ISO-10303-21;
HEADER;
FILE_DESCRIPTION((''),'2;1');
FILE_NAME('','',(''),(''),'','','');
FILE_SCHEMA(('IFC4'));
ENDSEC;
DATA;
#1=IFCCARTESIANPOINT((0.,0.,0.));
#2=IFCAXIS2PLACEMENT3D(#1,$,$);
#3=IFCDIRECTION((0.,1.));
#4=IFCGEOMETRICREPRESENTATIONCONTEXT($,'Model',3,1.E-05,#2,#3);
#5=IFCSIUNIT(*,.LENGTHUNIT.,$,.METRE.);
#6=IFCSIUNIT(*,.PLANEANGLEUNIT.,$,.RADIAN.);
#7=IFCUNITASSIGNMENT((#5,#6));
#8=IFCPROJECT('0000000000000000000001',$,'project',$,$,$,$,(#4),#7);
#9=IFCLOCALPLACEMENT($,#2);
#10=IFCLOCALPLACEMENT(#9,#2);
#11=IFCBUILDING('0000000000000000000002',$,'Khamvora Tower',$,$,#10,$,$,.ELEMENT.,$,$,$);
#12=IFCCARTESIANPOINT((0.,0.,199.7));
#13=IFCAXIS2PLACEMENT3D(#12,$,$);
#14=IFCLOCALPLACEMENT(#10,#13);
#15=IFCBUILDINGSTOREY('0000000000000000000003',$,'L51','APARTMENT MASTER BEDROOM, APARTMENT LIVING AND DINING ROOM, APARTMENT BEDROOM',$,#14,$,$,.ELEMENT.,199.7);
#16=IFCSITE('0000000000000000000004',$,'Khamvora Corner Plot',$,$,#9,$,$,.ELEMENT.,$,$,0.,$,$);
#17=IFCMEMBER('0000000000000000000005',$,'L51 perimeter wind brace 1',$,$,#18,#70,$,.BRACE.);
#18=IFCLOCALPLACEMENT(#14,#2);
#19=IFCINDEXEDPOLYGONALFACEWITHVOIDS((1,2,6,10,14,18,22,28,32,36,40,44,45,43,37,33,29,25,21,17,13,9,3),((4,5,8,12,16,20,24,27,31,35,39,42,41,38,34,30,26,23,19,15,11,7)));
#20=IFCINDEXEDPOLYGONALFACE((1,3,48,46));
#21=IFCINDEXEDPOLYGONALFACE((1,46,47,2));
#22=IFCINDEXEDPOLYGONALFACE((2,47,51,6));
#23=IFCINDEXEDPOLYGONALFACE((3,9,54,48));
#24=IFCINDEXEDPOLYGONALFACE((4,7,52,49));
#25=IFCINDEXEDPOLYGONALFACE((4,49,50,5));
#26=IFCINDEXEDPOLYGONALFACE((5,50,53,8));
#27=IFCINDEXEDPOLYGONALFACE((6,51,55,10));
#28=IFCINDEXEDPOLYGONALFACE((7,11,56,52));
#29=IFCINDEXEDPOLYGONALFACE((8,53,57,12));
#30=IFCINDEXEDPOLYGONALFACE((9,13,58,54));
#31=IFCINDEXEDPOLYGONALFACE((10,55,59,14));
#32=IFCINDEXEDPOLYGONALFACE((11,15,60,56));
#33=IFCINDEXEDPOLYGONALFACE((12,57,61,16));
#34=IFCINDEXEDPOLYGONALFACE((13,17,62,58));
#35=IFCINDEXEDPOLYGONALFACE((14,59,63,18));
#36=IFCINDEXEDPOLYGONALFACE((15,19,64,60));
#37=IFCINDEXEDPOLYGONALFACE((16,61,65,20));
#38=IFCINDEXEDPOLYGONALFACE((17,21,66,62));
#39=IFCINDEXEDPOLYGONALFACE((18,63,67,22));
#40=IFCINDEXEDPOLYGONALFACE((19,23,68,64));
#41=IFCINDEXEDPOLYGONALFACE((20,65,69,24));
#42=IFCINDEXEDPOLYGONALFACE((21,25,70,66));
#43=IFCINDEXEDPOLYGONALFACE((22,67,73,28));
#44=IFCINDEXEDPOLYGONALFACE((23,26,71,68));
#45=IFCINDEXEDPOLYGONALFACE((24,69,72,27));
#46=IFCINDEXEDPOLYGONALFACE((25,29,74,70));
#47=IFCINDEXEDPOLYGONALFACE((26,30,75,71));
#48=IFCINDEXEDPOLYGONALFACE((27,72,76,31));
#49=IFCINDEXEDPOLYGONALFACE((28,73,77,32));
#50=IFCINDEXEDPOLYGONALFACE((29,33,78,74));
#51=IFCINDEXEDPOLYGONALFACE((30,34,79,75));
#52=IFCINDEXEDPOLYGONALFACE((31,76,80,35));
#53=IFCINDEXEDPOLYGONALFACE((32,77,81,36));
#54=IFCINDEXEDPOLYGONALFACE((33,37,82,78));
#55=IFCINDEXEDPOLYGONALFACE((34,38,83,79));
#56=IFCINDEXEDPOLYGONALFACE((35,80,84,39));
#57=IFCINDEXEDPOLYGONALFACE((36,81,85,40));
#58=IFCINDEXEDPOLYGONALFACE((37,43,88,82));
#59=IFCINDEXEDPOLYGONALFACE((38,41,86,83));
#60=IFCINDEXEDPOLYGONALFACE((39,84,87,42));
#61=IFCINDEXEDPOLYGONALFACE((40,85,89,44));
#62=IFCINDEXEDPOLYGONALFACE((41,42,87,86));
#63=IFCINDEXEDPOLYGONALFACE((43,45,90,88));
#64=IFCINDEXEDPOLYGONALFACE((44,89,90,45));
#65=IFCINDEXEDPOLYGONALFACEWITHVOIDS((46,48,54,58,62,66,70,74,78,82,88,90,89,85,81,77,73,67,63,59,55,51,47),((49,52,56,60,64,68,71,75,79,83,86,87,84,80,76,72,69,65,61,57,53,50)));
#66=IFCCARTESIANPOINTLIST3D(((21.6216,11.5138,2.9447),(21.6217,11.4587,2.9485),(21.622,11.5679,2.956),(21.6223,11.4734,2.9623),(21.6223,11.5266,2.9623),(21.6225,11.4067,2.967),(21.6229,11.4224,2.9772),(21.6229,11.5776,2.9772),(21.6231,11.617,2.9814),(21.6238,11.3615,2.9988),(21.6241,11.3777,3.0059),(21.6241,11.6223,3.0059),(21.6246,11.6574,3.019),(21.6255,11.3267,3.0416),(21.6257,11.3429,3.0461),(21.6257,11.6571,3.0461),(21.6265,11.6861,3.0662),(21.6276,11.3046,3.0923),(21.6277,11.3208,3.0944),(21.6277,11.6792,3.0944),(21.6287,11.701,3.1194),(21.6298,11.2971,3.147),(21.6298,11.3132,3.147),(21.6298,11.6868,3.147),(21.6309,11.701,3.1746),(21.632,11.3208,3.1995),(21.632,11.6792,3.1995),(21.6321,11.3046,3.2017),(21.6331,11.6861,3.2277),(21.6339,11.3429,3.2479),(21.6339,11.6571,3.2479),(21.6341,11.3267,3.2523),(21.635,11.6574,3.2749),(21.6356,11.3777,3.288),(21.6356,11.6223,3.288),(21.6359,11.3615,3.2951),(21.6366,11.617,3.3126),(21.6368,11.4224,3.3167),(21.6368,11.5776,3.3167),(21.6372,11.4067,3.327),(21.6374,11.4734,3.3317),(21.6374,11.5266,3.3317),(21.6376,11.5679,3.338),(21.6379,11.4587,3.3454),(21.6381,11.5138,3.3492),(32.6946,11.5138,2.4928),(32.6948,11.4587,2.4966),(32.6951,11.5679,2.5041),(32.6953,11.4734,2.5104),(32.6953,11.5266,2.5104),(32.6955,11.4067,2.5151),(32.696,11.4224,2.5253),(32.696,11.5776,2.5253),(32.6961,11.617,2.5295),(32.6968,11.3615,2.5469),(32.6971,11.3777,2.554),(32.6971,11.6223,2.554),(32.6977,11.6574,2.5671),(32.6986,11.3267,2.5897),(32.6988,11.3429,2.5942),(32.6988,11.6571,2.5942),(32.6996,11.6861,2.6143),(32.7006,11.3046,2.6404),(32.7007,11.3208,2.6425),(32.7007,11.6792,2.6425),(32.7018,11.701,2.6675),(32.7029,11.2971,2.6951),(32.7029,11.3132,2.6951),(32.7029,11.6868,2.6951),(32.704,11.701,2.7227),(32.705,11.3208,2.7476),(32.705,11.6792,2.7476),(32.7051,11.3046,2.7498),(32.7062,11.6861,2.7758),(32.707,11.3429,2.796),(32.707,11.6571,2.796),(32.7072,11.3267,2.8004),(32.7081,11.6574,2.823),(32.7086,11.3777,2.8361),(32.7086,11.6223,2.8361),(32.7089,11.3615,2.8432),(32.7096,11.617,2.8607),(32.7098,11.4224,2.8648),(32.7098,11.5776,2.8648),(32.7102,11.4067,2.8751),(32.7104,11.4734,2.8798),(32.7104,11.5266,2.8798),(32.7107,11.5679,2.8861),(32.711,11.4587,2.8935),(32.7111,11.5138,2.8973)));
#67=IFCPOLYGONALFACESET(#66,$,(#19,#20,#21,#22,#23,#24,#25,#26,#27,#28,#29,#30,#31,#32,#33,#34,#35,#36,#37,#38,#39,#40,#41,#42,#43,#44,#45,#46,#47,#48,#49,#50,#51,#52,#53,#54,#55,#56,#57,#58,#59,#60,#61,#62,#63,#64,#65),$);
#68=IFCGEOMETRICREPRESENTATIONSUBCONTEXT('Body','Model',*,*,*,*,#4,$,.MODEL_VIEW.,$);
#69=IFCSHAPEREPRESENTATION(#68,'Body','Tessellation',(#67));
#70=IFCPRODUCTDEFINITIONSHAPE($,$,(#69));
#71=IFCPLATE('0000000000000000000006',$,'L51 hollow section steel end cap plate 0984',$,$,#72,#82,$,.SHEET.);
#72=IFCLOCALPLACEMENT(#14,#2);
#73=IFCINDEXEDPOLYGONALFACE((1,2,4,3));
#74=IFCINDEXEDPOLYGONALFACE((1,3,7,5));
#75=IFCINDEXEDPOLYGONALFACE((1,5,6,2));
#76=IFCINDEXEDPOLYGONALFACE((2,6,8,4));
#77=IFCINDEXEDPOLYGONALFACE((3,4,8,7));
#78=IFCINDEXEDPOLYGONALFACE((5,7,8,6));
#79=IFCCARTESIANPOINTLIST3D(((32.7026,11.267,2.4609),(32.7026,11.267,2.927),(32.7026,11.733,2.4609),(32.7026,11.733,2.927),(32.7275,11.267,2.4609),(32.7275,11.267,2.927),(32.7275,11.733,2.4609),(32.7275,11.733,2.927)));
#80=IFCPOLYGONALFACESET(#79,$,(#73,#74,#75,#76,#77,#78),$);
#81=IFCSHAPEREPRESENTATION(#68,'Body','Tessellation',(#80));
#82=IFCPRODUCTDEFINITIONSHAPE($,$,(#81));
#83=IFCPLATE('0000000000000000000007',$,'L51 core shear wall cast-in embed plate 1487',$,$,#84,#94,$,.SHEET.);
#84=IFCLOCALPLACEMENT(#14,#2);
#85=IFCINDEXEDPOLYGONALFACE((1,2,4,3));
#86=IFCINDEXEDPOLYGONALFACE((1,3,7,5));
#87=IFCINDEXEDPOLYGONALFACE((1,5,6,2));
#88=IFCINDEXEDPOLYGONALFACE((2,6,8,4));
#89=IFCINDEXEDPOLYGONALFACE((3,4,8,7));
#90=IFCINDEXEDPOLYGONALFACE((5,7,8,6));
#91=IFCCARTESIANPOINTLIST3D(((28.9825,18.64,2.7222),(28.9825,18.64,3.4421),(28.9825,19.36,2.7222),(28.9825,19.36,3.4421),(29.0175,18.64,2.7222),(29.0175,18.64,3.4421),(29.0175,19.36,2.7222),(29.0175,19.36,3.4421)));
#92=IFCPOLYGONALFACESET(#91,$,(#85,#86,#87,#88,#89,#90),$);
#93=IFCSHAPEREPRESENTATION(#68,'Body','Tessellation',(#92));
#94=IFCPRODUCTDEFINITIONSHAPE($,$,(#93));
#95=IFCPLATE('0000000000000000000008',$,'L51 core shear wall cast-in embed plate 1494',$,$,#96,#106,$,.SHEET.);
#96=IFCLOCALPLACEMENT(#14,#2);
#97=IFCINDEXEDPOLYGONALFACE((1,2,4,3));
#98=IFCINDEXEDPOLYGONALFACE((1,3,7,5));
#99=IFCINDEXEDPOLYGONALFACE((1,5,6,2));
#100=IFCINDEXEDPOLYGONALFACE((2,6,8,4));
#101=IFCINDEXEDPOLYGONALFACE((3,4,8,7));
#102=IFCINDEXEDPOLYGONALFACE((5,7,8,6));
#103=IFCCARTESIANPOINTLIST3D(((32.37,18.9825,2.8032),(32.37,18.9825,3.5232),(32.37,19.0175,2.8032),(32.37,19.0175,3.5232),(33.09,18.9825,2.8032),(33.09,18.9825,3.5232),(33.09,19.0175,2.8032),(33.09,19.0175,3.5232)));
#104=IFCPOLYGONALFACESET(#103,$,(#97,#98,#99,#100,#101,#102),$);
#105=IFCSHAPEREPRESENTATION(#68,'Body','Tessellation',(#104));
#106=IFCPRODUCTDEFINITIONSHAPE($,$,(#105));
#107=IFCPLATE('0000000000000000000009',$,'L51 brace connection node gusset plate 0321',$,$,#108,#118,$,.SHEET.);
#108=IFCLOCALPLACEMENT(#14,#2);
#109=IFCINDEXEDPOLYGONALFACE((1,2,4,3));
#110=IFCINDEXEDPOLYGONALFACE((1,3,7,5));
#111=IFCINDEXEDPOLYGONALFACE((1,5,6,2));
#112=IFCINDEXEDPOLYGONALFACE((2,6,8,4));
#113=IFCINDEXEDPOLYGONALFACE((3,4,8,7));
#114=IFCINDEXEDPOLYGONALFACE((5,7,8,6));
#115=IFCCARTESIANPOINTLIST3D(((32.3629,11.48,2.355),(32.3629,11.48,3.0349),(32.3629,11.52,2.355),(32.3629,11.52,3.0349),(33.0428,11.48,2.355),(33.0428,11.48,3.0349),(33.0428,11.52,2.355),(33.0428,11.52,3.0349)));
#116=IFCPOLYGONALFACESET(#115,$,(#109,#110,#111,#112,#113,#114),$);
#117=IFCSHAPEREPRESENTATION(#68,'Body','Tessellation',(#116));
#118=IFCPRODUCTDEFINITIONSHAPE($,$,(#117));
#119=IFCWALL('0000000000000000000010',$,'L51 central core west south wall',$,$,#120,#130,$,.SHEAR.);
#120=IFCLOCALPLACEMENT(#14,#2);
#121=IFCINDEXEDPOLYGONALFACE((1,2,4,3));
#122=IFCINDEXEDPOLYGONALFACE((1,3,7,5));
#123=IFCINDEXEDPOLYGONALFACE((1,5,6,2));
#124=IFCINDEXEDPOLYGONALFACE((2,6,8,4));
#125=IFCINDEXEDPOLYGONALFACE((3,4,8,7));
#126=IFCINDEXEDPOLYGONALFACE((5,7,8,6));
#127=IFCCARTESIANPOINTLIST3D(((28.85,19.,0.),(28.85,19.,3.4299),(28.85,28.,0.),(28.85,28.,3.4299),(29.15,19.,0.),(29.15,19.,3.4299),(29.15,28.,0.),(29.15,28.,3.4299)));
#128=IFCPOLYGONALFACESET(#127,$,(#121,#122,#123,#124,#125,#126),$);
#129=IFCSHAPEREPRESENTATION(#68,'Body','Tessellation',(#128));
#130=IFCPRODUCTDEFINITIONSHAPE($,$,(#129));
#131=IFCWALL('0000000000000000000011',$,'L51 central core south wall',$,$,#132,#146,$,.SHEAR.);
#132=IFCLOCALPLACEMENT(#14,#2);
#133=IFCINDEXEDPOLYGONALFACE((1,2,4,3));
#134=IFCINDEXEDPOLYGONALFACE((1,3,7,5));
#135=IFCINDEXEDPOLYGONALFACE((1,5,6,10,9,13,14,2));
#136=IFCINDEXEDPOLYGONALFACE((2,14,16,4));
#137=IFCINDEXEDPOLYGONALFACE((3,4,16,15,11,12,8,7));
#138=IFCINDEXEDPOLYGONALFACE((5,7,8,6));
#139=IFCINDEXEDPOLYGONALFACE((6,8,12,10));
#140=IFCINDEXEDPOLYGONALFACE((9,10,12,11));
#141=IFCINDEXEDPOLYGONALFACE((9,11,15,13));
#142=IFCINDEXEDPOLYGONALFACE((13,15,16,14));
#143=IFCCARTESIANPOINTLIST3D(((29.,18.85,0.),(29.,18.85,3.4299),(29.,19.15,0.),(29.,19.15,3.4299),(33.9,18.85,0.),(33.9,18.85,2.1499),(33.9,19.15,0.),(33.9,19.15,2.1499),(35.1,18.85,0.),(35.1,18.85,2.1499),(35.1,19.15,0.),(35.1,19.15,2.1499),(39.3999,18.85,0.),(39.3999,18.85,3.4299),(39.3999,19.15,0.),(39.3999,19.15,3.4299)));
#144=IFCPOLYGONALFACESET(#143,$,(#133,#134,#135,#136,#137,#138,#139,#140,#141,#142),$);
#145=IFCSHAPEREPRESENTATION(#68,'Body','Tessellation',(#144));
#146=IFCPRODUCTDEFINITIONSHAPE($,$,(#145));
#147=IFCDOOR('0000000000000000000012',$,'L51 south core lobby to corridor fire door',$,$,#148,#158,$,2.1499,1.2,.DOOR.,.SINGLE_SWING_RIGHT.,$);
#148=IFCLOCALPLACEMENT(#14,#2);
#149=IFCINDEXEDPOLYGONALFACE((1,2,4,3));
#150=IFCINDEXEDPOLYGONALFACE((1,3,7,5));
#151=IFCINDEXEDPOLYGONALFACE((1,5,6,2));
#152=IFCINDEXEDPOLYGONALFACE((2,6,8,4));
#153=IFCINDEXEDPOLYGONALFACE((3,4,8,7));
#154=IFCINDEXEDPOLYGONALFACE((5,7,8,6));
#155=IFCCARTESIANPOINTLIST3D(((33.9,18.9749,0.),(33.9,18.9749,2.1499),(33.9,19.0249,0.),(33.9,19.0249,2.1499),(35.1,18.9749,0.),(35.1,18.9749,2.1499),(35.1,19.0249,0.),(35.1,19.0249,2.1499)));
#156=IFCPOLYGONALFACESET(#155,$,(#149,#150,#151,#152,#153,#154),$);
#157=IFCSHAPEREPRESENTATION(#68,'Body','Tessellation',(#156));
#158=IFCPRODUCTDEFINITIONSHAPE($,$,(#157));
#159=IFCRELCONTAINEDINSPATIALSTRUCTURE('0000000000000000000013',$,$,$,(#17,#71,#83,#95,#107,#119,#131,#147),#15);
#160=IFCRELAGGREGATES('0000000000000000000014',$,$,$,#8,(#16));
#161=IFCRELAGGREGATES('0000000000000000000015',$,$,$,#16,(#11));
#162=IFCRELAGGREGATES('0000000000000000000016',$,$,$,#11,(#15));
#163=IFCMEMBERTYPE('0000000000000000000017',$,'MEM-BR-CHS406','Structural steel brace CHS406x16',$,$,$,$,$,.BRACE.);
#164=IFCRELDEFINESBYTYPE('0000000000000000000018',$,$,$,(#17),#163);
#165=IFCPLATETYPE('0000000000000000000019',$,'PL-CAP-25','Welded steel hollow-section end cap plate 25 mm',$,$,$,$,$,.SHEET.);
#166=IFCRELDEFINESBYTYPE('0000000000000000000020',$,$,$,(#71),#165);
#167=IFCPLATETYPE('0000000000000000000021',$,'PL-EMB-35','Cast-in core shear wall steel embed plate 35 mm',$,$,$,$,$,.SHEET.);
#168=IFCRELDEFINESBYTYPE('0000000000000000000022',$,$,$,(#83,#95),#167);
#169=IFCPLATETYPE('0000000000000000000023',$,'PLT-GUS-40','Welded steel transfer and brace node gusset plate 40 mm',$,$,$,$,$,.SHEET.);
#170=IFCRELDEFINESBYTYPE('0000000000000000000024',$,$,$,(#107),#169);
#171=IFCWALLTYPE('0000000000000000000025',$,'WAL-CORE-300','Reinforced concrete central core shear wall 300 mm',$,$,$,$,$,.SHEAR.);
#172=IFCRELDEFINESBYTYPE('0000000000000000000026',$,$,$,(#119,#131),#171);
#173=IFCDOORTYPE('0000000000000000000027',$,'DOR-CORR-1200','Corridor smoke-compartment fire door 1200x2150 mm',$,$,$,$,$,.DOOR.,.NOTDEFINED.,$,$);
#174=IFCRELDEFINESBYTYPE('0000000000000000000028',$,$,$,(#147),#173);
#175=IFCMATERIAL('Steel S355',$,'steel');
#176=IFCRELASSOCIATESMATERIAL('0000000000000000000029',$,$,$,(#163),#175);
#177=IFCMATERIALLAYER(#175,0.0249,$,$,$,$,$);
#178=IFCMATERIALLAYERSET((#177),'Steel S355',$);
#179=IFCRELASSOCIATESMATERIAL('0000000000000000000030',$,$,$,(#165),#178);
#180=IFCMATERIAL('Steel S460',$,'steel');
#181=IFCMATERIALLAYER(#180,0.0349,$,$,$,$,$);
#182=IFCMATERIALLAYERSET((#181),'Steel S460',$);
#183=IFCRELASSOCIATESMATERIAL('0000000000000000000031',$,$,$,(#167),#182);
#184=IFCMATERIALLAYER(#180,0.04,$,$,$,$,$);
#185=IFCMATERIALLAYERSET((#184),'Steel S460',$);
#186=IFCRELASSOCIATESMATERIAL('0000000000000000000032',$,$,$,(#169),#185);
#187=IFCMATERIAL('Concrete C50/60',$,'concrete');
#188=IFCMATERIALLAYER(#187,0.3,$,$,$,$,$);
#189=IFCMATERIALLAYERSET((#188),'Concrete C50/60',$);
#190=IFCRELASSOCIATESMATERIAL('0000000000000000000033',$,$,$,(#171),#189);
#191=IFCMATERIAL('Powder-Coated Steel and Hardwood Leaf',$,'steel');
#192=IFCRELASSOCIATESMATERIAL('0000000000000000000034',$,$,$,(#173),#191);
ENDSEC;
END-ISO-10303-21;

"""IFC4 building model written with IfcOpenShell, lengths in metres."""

from ifc_helpers import new_model, si_unit, direction, frame, frame_2d, origin, origin_2d, place, context, subcontext, project, spatial, rectangle, hollow_circle, extrude, material, layer, layer_set, material_profile, profile_set, type_object, element, fill, save


model = new_model("IFC4")

# Units and contexts
model_context = context("Model", 3, precision=1e-05, world=origin(), true_north=direction((0.0, 1.0)))
body_context = subcontext(model_context, "Body", "Model", "MODEL_VIEW")
ifc_project = project(units=[si_unit("LENGTHUNIT", "METRE"), si_unit("PLANEANGLEUNIT", "RADIAN")], contexts=[model_context])

# Site, building, storey
site_placement = place(None, origin())
site = spatial("IfcSite", under=ifc_project, at=site_placement, Name="Khamvora Corner Plot", CompositionType="ELEMENT", RefElevation=0.0)
building_placement = place(site_placement, origin())
building = spatial("IfcBuilding", under=site, at=building_placement, Name="Khamvora Tower", CompositionType="ELEMENT")
storey_placement = place(building_placement, frame((0.0, 0.0, 199.7)))
storey = spatial("IfcBuildingStorey", under=building, at=storey_placement, Name="L51", Description="APARTMENT MASTER BEDROOM, APARTMENT LIVING AND DINING ROOM, APARTMENT BEDROOM", CompositionType="ELEMENT", Elevation=199.7)

# Shared definitions
ifc_material_1 = material(Name="Steel S460", Category="steel")
ifc_material_2 = material(Name="Steel S355", Category="steel")

# Member
ifc_material_profile_1 = material_profile(ifc_material_2, hollow_circle(Radius=0.2029, WallThickness=0.0161, at=origin_2d()), Name="CHS406x16")
ifc_profile_set_1 = profile_set([ifc_material_profile_1], Name="Steel S355")
member_type = type_object("IfcMemberType", Name="MEM-BR-CHS406", Description="Structural steel brace CHS406x16", PredefinedType="BRACE", material=ifc_profile_set_1)
member_placement = place(storey_placement, frame((32.7029, 11.5, 2.6951), z_axis=(-0.999168, 0.0, 0.040777), x_axis=(0.0, -1.0, 0.0)))
element("IfcMember", 1, at=member_placement, inside=storey, type_object=member_type, Name="L51 perimeter wind brace 1", PredefinedType="BRACE", context=body_context, shape_type="SweptSolid", body=[
    extrude(hollow_circle(Radius=0.2029, WallThickness=0.0161, at=origin_2d()), origin(), (0.0, 0.0, 1.0), 11.0823),
])

# Plates
ifc_layer_1 = layer(ifc_material_2, 0.0249)
ifc_layer_set_1 = layer_set([ifc_layer_1], Name="Steel S355")
plate_type_1 = type_object("IfcPlateType", Name="PL-CAP-25", Description="Welded steel hollow-section end cap plate 25 mm", PredefinedType="SHEET", material=ifc_layer_set_1)
plate_1_placement = place(storey_placement, frame((32.7151, 11.5, 2.4609), z_axis=(0.0, 0.0, 1.0), x_axis=(-1.0, 0.0, 0.0)))
element("IfcPlate", 2, at=plate_1_placement, inside=storey, type_object=plate_type_1, Name="L51 hollow section steel end cap plate 0984", PredefinedType="SHEET", context=body_context, shape_type="SweptSolid", body=[
    extrude(rectangle(XDim=0.0249, YDim=0.4661, at=origin_2d()), origin(), (0.0, 0.0, 1.0), 0.4661),
])
ifc_layer_2 = layer(ifc_material_1, 0.0349)
ifc_layer_set_2 = layer_set([ifc_layer_2], Name="Steel S460")
plate_type_2 = type_object("IfcPlateType", Name="PL-EMB-35", Description="Cast-in core shear wall steel embed plate 35 mm", PredefinedType="SHEET", material=ifc_layer_set_2)
plate_2_placement = place(storey_placement, frame((29.0, 19.0, 2.7222), z_axis=(0.0, 0.0, 1.0), x_axis=(1.0, 0.0, 0.0)))
element("IfcPlate", 3, at=plate_2_placement, inside=storey, type_object=plate_type_2, Name="L51 core shear wall cast-in embed plate 1487", PredefinedType="SHEET", context=body_context, shape_type="SweptSolid", body=[
    extrude(rectangle(XDim=0.0349, YDim=0.72, at=origin_2d()), origin(), (0.0, 0.0, 1.0), 0.72),
])
plate_3_placement = place(storey_placement, frame((32.73, 19.0, 2.8032), z_axis=(0.0, 0.0, 1.0), x_axis=(1.0, 0.0, 0.0)))
element("IfcPlate", 4, at=plate_3_placement, inside=storey, type_object=plate_type_2, Name="L51 core shear wall cast-in embed plate 1494", PredefinedType="SHEET", context=body_context, shape_type="SweptSolid", body=[
    extrude(rectangle(XDim=0.72, YDim=0.0349, at=origin_2d()), origin(), (0.0, 0.0, 1.0), 0.72),
])
ifc_layer_3 = layer(ifc_material_1, 0.04)
ifc_layer_set_3 = layer_set([ifc_layer_3], Name="Steel S460")
plate_type_3 = type_object("IfcPlateType", Name="PLT-GUS-40", Description="Welded steel transfer and brace node gusset plate 40 mm", PredefinedType="SHEET", material=ifc_layer_set_3)
plate_4_placement = place(storey_placement, frame((32.7029, 11.5, 2.355), z_axis=(0.0, 0.0, 1.0), x_axis=(1.0, 0.0, 0.0)))
element("IfcPlate", 5, at=plate_4_placement, inside=storey, type_object=plate_type_3, Name="L51 brace connection node gusset plate 0321", PredefinedType="SHEET", context=body_context, shape_type="SweptSolid", body=[
    extrude(rectangle(XDim=0.6799, YDim=0.04, at=origin_2d()), origin(), (0.0, 0.0, 1.0), 0.6799),
])

# Wall
ifc_material_3 = material(Name="Concrete C50/60", Category="concrete")
ifc_layer_4 = layer(ifc_material_3, 0.3)
ifc_layer_set_4 = layer_set([ifc_layer_4], Name="Concrete C50/60")
wall_type_1 = type_object("IfcWallType", Name="WAL-CORE-300", Description="Reinforced concrete central core shear wall 300 mm", PredefinedType="SHEAR", material=ifc_layer_set_4)
wall_1_placement = place(storey_placement, frame((29.0, 19.0, 0.0), z_axis=(0.0, 0.0, 1.0), x_axis=(0.0, 1.0, 0.0)))
element("IfcWall", 6, at=wall_1_placement, inside=storey, type_object=wall_type_1, Name="L51 central core west south wall", PredefinedType="SHEAR", context=body_context, shape_type="SweptSolid", body=[
    extrude(rectangle(XDim=9.0, YDim=0.3, at=frame_2d((4.5, 0.0))), origin(), (0.0, 0.0, 1.0), 3.4299),
])

# Wall, opening, door
wall_2_placement = place(storey_placement, frame((29.0, 19.0, 0.0), z_axis=(0.0, 0.0, 1.0), x_axis=(1.0, 0.0, 0.0)))
wall_2 = element("IfcWall", 7, at=wall_2_placement, inside=storey, type_object=wall_type_1, Name="L51 central core south wall", PredefinedType="SHEAR", context=body_context, shape_type="SweptSolid", body=[
    extrude(rectangle(XDim=10.3999, YDim=0.3, at=frame_2d((5.2, 0.0))), origin(), (0.0, 0.0, 1.0), 3.4299),
])
opening_1_placement = place(wall_2_placement, frame((4.8999, 0.0, 0.0)))
opening_1 = element("IfcOpeningElement", 8, at=opening_1_placement, cuts=wall_2, PredefinedType="OPENING", context=body_context, shape_type="SweptSolid", body=[
    extrude(rectangle(XDim=1.2, YDim=2.1499, at=frame_2d((0.6001, 1.075))), frame((0.0, 0.1599, 0.0), z_axis=(0.0, -1.0, 0.0), x_axis=(1.0, 0.0, 0.0)), (0.0, 0.0, 1.0), 0.3201),
])
ifc_material_4 = material(Name="Powder-Coated Steel and Hardwood Leaf", Category="steel")
door_type_1 = type_object("IfcDoorType", Name="DOR-CORR-1200", Description="Corridor smoke-compartment fire door 1200x2150 mm", OperationType="NOTDEFINED", PredefinedType="DOOR", material=ifc_material_4)
door_1_placement = place(opening_1_placement, origin())
door_1 = element("IfcDoor", 9, at=door_1_placement, inside=storey, type_object=door_type_1, Name="L51 south core lobby to corridor fire door", OperationType="SINGLE_SWING_RIGHT", OverallHeight=2.1499, OverallWidth=1.2, PredefinedType="DOOR", context=body_context, shape_type="SweptSolid", body=[
    extrude(rectangle(XDim=1.2, YDim=2.1499, at=frame_2d((0.6001, 1.075))), frame((0.0, 0.0249, 0.0), z_axis=(0.0, -1.0, 0.0), x_axis=(1.0, 0.0, 0.0)), (0.0, 0.0, 1.0), 0.05),
])
fill(opening_1, door_1)

save(model, "model.ifc")
